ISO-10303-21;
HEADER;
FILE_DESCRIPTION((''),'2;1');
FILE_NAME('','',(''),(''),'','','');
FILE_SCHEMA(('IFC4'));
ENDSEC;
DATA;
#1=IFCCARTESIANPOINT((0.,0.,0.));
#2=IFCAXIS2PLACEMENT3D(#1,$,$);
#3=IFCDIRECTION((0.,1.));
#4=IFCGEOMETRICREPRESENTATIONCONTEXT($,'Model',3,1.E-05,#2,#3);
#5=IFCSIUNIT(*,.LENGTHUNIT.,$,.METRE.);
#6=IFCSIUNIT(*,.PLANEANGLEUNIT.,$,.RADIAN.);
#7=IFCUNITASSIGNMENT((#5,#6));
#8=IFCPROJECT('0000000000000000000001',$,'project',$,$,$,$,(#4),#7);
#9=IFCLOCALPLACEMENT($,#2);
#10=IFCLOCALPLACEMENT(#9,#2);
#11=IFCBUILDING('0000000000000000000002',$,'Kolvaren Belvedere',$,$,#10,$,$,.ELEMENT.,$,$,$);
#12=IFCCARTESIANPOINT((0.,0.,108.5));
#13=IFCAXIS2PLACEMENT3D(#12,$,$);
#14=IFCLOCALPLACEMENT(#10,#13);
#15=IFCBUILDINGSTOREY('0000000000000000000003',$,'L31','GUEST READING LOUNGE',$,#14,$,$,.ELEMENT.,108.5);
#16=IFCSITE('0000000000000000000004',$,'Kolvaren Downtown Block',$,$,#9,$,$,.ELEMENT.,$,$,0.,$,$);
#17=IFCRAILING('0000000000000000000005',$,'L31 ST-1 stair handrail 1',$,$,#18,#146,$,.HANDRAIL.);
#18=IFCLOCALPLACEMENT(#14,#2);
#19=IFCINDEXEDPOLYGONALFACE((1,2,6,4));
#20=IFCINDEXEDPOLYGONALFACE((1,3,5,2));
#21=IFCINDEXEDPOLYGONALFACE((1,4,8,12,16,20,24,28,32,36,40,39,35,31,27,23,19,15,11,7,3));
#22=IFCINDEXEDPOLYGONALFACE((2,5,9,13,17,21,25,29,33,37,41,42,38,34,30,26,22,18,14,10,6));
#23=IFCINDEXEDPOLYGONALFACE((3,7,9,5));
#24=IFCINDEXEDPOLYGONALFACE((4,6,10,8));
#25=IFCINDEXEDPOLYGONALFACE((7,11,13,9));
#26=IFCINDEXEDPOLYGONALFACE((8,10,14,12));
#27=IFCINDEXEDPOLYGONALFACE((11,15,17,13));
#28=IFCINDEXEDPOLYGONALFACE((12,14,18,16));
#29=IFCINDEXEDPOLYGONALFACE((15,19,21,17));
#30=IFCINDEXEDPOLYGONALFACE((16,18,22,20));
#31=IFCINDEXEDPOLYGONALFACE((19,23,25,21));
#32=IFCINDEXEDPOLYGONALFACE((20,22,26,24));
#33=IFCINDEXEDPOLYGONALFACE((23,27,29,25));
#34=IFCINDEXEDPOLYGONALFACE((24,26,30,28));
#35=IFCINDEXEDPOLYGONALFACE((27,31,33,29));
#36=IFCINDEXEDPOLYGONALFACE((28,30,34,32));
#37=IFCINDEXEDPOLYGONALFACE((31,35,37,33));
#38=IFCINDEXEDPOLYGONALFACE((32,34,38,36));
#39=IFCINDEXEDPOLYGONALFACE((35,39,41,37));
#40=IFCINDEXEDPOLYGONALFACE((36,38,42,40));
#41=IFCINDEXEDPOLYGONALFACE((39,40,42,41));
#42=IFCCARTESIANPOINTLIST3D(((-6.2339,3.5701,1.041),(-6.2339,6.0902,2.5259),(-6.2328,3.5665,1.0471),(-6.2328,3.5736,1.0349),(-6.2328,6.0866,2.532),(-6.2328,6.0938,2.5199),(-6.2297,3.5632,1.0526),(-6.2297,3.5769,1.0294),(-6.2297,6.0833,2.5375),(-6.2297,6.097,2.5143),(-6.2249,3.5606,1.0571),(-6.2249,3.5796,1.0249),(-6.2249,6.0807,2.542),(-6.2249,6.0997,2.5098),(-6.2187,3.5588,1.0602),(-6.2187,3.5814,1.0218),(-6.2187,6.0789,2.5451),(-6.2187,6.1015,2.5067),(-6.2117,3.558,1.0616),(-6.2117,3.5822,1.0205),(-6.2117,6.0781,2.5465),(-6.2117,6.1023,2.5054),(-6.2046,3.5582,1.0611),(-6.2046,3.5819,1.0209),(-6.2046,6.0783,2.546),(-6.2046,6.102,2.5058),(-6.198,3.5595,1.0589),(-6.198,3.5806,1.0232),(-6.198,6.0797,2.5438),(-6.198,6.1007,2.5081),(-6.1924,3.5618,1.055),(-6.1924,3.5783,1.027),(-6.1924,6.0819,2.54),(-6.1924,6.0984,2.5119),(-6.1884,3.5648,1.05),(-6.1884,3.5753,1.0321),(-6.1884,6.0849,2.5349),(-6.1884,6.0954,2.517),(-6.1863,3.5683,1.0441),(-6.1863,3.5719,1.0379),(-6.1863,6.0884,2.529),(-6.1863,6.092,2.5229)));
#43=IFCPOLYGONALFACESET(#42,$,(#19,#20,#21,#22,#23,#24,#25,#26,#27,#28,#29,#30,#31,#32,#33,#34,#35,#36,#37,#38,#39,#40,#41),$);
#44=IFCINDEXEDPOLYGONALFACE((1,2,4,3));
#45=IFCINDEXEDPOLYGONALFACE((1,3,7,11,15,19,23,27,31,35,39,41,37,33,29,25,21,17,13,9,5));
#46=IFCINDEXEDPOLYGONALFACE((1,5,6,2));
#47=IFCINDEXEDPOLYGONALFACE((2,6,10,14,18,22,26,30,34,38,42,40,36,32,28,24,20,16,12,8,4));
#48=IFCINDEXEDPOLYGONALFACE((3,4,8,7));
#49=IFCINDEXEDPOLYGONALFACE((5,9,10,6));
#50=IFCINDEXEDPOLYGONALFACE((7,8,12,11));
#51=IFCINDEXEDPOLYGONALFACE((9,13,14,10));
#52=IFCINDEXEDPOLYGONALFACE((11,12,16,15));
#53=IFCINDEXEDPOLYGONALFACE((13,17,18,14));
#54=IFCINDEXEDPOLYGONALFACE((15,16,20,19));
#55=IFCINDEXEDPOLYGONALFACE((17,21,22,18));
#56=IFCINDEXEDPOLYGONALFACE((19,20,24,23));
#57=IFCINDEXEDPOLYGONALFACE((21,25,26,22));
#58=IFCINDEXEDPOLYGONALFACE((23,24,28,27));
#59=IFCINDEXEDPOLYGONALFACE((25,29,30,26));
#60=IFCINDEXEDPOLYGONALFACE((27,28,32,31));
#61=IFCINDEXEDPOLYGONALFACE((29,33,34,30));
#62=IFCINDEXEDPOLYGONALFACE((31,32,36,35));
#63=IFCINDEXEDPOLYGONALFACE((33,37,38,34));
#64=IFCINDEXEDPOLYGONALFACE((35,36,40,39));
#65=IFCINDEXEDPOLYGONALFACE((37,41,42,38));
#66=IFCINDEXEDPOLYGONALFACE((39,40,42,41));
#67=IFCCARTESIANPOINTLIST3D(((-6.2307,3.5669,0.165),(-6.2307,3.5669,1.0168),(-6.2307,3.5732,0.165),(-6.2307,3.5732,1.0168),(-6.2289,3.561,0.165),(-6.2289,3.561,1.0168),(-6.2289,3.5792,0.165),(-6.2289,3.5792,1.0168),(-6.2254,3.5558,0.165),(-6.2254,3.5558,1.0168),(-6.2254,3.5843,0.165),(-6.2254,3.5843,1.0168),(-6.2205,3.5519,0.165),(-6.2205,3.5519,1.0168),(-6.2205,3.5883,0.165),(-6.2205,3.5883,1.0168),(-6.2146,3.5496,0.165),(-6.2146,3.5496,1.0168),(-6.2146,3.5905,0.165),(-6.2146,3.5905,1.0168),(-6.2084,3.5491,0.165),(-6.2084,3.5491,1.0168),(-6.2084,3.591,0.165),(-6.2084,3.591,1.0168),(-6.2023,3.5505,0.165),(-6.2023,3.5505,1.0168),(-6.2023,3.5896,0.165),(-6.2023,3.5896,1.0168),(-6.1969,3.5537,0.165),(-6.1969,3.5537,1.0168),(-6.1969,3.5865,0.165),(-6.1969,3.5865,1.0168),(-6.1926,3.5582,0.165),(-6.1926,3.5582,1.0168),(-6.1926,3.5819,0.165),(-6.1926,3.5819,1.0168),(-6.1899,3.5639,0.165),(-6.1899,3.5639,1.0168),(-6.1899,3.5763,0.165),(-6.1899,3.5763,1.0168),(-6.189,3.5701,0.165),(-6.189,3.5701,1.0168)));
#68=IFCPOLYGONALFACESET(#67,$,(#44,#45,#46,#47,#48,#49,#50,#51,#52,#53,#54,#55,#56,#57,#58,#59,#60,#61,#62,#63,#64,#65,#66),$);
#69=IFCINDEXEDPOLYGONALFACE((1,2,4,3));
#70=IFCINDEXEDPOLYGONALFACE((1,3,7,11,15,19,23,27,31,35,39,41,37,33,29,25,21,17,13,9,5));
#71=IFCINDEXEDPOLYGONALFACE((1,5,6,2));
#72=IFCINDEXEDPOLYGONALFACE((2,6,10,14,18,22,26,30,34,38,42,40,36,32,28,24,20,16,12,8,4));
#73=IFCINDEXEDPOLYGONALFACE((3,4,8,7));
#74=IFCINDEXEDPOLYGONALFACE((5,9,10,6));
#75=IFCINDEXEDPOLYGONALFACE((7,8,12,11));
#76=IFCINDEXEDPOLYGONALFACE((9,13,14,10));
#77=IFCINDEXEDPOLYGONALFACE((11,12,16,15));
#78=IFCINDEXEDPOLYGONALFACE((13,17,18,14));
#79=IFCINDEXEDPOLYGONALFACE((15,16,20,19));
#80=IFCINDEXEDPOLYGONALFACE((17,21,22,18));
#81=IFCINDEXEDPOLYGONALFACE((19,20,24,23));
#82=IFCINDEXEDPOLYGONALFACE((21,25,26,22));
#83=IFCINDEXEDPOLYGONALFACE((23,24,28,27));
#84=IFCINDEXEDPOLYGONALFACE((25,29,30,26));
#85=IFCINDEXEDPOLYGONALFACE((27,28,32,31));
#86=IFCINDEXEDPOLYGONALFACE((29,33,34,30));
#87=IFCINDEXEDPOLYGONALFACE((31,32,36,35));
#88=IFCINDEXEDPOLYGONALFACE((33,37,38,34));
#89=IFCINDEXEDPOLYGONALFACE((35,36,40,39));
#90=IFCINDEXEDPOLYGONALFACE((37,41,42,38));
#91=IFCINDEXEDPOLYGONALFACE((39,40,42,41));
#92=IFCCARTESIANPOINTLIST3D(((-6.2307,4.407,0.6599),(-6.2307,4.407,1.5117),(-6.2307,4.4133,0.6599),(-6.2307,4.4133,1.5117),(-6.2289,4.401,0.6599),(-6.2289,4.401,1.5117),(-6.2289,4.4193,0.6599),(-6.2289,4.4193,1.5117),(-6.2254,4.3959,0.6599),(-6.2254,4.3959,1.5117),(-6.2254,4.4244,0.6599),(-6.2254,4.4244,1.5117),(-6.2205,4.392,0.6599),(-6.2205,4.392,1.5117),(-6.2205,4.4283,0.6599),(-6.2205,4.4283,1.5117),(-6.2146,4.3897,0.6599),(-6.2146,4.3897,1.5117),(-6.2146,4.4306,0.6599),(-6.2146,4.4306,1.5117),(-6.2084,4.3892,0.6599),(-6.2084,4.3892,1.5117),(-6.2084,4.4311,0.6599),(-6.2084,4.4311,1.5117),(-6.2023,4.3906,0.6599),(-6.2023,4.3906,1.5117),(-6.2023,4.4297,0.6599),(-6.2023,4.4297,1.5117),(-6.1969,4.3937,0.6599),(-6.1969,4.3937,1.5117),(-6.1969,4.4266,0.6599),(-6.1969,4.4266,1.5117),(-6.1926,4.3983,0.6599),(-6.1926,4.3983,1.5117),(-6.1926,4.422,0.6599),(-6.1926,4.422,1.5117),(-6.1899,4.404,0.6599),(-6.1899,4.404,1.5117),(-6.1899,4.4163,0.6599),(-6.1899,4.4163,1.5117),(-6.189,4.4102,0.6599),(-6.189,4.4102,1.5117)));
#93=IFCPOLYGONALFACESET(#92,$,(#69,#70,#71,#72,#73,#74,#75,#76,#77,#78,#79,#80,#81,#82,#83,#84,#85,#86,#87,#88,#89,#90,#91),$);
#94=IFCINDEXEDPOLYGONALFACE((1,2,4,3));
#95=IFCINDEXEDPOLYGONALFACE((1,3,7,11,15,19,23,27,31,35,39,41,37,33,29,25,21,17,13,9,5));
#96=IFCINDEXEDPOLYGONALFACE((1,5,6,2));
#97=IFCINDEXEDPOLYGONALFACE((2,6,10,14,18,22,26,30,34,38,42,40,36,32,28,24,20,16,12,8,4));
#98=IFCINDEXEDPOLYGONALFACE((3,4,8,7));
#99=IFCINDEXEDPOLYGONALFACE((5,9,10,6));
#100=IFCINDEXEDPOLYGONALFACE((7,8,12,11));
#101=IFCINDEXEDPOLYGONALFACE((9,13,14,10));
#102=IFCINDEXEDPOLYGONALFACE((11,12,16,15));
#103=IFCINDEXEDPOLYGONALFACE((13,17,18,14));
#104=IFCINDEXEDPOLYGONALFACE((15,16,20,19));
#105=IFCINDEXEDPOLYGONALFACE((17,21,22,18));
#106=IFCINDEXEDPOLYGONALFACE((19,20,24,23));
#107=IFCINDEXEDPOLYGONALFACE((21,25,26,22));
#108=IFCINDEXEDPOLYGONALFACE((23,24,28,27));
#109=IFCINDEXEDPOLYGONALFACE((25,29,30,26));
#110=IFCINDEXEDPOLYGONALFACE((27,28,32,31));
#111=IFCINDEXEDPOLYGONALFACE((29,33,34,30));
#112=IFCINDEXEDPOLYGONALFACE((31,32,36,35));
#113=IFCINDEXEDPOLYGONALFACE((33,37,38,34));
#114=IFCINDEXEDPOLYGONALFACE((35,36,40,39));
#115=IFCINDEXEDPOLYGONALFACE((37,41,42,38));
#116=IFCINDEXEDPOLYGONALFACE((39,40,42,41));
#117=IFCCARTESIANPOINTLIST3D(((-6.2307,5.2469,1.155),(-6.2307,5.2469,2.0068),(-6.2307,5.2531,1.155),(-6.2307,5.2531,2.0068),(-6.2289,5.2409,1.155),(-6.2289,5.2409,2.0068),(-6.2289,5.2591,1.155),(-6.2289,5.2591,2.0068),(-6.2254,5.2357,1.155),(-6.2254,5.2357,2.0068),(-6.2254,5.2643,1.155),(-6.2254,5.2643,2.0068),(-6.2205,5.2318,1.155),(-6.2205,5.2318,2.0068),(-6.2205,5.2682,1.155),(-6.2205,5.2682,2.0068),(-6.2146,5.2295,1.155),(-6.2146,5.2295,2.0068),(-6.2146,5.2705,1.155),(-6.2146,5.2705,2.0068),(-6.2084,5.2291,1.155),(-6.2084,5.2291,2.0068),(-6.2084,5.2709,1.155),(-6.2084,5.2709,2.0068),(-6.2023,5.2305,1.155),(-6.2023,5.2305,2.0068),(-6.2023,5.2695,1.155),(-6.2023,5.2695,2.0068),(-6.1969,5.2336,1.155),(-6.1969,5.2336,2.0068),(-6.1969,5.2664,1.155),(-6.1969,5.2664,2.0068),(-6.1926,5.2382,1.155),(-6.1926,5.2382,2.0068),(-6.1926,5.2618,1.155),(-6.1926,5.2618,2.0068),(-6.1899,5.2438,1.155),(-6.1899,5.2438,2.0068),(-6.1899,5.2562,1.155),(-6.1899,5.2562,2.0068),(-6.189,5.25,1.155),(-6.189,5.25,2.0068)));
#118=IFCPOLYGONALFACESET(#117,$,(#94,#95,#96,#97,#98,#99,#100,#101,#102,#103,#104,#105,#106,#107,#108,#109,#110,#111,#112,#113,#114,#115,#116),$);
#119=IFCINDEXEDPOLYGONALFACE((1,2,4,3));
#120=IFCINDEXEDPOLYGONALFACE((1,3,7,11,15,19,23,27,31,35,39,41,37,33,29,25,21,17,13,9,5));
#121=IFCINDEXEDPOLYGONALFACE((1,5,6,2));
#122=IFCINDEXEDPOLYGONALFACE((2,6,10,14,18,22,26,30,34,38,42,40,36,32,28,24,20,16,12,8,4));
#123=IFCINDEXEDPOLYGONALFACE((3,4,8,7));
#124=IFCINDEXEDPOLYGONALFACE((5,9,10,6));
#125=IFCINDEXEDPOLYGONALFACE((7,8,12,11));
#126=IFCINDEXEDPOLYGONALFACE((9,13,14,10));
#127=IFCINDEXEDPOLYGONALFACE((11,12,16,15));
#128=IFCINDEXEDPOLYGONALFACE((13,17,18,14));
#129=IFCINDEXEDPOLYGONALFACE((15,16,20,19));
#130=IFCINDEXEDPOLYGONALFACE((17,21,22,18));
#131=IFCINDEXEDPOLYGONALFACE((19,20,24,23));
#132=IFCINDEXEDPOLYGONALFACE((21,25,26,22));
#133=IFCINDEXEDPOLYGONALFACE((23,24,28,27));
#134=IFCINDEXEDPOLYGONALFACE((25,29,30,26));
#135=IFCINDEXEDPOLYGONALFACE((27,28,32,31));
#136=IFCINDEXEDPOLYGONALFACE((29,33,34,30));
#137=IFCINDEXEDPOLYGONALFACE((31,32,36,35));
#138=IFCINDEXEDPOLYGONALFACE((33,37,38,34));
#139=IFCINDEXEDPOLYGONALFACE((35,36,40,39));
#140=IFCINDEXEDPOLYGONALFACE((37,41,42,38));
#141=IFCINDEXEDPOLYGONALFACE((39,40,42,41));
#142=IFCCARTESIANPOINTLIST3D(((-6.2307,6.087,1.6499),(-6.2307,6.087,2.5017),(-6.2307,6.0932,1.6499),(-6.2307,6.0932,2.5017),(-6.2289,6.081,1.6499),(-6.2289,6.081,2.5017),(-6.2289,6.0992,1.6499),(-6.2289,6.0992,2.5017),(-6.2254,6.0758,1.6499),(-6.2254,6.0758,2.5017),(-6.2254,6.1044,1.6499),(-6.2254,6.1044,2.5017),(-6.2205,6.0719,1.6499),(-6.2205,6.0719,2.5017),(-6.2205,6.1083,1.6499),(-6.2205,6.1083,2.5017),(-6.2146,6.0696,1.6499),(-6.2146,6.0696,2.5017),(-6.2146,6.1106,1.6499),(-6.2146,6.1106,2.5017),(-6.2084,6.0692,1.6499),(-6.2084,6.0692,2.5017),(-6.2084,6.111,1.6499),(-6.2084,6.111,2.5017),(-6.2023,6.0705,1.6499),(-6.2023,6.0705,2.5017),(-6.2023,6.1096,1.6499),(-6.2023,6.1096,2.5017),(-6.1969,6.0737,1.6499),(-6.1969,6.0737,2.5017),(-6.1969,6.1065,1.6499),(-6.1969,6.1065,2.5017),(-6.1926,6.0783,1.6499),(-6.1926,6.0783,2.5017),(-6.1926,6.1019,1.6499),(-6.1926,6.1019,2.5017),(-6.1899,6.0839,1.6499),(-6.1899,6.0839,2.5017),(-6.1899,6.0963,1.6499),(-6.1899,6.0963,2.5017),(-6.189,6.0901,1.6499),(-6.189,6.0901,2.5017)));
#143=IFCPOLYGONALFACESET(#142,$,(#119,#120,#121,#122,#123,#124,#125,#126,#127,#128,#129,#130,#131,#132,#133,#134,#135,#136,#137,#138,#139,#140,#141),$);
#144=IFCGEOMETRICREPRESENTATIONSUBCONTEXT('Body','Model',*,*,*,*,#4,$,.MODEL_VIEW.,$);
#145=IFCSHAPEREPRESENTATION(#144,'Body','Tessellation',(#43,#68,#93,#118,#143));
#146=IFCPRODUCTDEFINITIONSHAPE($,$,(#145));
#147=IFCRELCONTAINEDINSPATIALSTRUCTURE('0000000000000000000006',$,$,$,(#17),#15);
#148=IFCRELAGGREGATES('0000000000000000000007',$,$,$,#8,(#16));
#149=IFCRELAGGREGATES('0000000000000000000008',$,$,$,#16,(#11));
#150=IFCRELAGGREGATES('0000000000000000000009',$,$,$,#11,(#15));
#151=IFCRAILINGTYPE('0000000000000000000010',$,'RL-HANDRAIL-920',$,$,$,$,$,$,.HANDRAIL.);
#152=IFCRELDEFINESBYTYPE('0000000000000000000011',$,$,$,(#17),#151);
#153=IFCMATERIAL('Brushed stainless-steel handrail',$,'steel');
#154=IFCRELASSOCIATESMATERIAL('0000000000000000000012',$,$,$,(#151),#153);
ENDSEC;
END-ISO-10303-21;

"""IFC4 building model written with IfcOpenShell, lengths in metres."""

from ifc_helpers import new_model, si_unit, direction, frame, origin, origin_2d, place, context, subcontext, project, spatial, circle, extrude, material, type_object, element, save


model = new_model("IFC4")

# Units and contexts
model_context = context("Model", 3, precision=1e-05, world=origin(), true_north=direction((0.0, 1.0)))
body_context = subcontext(model_context, "Body", "Model", "MODEL_VIEW")
ifc_project = project(units=[si_unit("LENGTHUNIT", "METRE"), si_unit("PLANEANGLEUNIT", "RADIAN")], contexts=[model_context])

# Site, building, storey
site_placement = place(None, origin())
site = spatial("IfcSite", under=ifc_project, at=site_placement, Name="Kolvaren Downtown Block", CompositionType="ELEMENT", RefElevation=0.0)
building_placement = place(site_placement, origin())
building = spatial("IfcBuilding", under=site, at=building_placement, Name="Kolvaren Belvedere", CompositionType="ELEMENT")
storey_placement = place(building_placement, frame((0.0, 0.0, 108.5)))
storey = spatial("IfcBuildingStorey", under=building, at=storey_placement, Name="L31", Description="GUEST READING LOUNGE", CompositionType="ELEMENT", Elevation=108.5)

# Railing
ifc_material_1 = material(Name="Brushed stainless-steel handrail", Category="steel")
railing_type_1 = type_object("IfcRailingType", Name="RL-HANDRAIL-920", PredefinedType="HANDRAIL", material=ifc_material_1)
railing_1_placement = place(storey_placement, frame((-6.21, 3.5701, 0.165)))
element("IfcRailing", 1, at=railing_1_placement, inside=storey, type_object=railing_type_1, Name="L31 ST-1 stair handrail 1", PredefinedType="HANDRAIL", context=body_context, shape_type="SweptSolid", body=[
    extrude(circle(Radius=0.0239, at=origin_2d()), frame((0.0, 0.0, 0.876), z_axis=(0.0, 0.861561, 0.507655), x_axis=(-1.0, 0.0, 0.0)), (0.0, 0.0, 1.0), 2.925),
    extrude(circle(Radius=0.021, at=origin_2d()), origin(), (0.0, 0.0, 1.0), 0.8518),
    extrude(circle(Radius=0.021, at=origin_2d()), frame((0.0, 0.8401, 0.4949)), (0.0, 0.0, 1.0), 0.8518),
    extrude(circle(Radius=0.021, at=origin_2d()), frame((0.0, 1.6799, 0.99)), (0.0, 0.0, 1.0), 0.8518),
    extrude(circle(Radius=0.021, at=origin_2d()), frame((0.0, 2.52, 1.4849)), (0.0, 0.0, 1.0), 0.8518),
])

save(model, "model.ifc")
